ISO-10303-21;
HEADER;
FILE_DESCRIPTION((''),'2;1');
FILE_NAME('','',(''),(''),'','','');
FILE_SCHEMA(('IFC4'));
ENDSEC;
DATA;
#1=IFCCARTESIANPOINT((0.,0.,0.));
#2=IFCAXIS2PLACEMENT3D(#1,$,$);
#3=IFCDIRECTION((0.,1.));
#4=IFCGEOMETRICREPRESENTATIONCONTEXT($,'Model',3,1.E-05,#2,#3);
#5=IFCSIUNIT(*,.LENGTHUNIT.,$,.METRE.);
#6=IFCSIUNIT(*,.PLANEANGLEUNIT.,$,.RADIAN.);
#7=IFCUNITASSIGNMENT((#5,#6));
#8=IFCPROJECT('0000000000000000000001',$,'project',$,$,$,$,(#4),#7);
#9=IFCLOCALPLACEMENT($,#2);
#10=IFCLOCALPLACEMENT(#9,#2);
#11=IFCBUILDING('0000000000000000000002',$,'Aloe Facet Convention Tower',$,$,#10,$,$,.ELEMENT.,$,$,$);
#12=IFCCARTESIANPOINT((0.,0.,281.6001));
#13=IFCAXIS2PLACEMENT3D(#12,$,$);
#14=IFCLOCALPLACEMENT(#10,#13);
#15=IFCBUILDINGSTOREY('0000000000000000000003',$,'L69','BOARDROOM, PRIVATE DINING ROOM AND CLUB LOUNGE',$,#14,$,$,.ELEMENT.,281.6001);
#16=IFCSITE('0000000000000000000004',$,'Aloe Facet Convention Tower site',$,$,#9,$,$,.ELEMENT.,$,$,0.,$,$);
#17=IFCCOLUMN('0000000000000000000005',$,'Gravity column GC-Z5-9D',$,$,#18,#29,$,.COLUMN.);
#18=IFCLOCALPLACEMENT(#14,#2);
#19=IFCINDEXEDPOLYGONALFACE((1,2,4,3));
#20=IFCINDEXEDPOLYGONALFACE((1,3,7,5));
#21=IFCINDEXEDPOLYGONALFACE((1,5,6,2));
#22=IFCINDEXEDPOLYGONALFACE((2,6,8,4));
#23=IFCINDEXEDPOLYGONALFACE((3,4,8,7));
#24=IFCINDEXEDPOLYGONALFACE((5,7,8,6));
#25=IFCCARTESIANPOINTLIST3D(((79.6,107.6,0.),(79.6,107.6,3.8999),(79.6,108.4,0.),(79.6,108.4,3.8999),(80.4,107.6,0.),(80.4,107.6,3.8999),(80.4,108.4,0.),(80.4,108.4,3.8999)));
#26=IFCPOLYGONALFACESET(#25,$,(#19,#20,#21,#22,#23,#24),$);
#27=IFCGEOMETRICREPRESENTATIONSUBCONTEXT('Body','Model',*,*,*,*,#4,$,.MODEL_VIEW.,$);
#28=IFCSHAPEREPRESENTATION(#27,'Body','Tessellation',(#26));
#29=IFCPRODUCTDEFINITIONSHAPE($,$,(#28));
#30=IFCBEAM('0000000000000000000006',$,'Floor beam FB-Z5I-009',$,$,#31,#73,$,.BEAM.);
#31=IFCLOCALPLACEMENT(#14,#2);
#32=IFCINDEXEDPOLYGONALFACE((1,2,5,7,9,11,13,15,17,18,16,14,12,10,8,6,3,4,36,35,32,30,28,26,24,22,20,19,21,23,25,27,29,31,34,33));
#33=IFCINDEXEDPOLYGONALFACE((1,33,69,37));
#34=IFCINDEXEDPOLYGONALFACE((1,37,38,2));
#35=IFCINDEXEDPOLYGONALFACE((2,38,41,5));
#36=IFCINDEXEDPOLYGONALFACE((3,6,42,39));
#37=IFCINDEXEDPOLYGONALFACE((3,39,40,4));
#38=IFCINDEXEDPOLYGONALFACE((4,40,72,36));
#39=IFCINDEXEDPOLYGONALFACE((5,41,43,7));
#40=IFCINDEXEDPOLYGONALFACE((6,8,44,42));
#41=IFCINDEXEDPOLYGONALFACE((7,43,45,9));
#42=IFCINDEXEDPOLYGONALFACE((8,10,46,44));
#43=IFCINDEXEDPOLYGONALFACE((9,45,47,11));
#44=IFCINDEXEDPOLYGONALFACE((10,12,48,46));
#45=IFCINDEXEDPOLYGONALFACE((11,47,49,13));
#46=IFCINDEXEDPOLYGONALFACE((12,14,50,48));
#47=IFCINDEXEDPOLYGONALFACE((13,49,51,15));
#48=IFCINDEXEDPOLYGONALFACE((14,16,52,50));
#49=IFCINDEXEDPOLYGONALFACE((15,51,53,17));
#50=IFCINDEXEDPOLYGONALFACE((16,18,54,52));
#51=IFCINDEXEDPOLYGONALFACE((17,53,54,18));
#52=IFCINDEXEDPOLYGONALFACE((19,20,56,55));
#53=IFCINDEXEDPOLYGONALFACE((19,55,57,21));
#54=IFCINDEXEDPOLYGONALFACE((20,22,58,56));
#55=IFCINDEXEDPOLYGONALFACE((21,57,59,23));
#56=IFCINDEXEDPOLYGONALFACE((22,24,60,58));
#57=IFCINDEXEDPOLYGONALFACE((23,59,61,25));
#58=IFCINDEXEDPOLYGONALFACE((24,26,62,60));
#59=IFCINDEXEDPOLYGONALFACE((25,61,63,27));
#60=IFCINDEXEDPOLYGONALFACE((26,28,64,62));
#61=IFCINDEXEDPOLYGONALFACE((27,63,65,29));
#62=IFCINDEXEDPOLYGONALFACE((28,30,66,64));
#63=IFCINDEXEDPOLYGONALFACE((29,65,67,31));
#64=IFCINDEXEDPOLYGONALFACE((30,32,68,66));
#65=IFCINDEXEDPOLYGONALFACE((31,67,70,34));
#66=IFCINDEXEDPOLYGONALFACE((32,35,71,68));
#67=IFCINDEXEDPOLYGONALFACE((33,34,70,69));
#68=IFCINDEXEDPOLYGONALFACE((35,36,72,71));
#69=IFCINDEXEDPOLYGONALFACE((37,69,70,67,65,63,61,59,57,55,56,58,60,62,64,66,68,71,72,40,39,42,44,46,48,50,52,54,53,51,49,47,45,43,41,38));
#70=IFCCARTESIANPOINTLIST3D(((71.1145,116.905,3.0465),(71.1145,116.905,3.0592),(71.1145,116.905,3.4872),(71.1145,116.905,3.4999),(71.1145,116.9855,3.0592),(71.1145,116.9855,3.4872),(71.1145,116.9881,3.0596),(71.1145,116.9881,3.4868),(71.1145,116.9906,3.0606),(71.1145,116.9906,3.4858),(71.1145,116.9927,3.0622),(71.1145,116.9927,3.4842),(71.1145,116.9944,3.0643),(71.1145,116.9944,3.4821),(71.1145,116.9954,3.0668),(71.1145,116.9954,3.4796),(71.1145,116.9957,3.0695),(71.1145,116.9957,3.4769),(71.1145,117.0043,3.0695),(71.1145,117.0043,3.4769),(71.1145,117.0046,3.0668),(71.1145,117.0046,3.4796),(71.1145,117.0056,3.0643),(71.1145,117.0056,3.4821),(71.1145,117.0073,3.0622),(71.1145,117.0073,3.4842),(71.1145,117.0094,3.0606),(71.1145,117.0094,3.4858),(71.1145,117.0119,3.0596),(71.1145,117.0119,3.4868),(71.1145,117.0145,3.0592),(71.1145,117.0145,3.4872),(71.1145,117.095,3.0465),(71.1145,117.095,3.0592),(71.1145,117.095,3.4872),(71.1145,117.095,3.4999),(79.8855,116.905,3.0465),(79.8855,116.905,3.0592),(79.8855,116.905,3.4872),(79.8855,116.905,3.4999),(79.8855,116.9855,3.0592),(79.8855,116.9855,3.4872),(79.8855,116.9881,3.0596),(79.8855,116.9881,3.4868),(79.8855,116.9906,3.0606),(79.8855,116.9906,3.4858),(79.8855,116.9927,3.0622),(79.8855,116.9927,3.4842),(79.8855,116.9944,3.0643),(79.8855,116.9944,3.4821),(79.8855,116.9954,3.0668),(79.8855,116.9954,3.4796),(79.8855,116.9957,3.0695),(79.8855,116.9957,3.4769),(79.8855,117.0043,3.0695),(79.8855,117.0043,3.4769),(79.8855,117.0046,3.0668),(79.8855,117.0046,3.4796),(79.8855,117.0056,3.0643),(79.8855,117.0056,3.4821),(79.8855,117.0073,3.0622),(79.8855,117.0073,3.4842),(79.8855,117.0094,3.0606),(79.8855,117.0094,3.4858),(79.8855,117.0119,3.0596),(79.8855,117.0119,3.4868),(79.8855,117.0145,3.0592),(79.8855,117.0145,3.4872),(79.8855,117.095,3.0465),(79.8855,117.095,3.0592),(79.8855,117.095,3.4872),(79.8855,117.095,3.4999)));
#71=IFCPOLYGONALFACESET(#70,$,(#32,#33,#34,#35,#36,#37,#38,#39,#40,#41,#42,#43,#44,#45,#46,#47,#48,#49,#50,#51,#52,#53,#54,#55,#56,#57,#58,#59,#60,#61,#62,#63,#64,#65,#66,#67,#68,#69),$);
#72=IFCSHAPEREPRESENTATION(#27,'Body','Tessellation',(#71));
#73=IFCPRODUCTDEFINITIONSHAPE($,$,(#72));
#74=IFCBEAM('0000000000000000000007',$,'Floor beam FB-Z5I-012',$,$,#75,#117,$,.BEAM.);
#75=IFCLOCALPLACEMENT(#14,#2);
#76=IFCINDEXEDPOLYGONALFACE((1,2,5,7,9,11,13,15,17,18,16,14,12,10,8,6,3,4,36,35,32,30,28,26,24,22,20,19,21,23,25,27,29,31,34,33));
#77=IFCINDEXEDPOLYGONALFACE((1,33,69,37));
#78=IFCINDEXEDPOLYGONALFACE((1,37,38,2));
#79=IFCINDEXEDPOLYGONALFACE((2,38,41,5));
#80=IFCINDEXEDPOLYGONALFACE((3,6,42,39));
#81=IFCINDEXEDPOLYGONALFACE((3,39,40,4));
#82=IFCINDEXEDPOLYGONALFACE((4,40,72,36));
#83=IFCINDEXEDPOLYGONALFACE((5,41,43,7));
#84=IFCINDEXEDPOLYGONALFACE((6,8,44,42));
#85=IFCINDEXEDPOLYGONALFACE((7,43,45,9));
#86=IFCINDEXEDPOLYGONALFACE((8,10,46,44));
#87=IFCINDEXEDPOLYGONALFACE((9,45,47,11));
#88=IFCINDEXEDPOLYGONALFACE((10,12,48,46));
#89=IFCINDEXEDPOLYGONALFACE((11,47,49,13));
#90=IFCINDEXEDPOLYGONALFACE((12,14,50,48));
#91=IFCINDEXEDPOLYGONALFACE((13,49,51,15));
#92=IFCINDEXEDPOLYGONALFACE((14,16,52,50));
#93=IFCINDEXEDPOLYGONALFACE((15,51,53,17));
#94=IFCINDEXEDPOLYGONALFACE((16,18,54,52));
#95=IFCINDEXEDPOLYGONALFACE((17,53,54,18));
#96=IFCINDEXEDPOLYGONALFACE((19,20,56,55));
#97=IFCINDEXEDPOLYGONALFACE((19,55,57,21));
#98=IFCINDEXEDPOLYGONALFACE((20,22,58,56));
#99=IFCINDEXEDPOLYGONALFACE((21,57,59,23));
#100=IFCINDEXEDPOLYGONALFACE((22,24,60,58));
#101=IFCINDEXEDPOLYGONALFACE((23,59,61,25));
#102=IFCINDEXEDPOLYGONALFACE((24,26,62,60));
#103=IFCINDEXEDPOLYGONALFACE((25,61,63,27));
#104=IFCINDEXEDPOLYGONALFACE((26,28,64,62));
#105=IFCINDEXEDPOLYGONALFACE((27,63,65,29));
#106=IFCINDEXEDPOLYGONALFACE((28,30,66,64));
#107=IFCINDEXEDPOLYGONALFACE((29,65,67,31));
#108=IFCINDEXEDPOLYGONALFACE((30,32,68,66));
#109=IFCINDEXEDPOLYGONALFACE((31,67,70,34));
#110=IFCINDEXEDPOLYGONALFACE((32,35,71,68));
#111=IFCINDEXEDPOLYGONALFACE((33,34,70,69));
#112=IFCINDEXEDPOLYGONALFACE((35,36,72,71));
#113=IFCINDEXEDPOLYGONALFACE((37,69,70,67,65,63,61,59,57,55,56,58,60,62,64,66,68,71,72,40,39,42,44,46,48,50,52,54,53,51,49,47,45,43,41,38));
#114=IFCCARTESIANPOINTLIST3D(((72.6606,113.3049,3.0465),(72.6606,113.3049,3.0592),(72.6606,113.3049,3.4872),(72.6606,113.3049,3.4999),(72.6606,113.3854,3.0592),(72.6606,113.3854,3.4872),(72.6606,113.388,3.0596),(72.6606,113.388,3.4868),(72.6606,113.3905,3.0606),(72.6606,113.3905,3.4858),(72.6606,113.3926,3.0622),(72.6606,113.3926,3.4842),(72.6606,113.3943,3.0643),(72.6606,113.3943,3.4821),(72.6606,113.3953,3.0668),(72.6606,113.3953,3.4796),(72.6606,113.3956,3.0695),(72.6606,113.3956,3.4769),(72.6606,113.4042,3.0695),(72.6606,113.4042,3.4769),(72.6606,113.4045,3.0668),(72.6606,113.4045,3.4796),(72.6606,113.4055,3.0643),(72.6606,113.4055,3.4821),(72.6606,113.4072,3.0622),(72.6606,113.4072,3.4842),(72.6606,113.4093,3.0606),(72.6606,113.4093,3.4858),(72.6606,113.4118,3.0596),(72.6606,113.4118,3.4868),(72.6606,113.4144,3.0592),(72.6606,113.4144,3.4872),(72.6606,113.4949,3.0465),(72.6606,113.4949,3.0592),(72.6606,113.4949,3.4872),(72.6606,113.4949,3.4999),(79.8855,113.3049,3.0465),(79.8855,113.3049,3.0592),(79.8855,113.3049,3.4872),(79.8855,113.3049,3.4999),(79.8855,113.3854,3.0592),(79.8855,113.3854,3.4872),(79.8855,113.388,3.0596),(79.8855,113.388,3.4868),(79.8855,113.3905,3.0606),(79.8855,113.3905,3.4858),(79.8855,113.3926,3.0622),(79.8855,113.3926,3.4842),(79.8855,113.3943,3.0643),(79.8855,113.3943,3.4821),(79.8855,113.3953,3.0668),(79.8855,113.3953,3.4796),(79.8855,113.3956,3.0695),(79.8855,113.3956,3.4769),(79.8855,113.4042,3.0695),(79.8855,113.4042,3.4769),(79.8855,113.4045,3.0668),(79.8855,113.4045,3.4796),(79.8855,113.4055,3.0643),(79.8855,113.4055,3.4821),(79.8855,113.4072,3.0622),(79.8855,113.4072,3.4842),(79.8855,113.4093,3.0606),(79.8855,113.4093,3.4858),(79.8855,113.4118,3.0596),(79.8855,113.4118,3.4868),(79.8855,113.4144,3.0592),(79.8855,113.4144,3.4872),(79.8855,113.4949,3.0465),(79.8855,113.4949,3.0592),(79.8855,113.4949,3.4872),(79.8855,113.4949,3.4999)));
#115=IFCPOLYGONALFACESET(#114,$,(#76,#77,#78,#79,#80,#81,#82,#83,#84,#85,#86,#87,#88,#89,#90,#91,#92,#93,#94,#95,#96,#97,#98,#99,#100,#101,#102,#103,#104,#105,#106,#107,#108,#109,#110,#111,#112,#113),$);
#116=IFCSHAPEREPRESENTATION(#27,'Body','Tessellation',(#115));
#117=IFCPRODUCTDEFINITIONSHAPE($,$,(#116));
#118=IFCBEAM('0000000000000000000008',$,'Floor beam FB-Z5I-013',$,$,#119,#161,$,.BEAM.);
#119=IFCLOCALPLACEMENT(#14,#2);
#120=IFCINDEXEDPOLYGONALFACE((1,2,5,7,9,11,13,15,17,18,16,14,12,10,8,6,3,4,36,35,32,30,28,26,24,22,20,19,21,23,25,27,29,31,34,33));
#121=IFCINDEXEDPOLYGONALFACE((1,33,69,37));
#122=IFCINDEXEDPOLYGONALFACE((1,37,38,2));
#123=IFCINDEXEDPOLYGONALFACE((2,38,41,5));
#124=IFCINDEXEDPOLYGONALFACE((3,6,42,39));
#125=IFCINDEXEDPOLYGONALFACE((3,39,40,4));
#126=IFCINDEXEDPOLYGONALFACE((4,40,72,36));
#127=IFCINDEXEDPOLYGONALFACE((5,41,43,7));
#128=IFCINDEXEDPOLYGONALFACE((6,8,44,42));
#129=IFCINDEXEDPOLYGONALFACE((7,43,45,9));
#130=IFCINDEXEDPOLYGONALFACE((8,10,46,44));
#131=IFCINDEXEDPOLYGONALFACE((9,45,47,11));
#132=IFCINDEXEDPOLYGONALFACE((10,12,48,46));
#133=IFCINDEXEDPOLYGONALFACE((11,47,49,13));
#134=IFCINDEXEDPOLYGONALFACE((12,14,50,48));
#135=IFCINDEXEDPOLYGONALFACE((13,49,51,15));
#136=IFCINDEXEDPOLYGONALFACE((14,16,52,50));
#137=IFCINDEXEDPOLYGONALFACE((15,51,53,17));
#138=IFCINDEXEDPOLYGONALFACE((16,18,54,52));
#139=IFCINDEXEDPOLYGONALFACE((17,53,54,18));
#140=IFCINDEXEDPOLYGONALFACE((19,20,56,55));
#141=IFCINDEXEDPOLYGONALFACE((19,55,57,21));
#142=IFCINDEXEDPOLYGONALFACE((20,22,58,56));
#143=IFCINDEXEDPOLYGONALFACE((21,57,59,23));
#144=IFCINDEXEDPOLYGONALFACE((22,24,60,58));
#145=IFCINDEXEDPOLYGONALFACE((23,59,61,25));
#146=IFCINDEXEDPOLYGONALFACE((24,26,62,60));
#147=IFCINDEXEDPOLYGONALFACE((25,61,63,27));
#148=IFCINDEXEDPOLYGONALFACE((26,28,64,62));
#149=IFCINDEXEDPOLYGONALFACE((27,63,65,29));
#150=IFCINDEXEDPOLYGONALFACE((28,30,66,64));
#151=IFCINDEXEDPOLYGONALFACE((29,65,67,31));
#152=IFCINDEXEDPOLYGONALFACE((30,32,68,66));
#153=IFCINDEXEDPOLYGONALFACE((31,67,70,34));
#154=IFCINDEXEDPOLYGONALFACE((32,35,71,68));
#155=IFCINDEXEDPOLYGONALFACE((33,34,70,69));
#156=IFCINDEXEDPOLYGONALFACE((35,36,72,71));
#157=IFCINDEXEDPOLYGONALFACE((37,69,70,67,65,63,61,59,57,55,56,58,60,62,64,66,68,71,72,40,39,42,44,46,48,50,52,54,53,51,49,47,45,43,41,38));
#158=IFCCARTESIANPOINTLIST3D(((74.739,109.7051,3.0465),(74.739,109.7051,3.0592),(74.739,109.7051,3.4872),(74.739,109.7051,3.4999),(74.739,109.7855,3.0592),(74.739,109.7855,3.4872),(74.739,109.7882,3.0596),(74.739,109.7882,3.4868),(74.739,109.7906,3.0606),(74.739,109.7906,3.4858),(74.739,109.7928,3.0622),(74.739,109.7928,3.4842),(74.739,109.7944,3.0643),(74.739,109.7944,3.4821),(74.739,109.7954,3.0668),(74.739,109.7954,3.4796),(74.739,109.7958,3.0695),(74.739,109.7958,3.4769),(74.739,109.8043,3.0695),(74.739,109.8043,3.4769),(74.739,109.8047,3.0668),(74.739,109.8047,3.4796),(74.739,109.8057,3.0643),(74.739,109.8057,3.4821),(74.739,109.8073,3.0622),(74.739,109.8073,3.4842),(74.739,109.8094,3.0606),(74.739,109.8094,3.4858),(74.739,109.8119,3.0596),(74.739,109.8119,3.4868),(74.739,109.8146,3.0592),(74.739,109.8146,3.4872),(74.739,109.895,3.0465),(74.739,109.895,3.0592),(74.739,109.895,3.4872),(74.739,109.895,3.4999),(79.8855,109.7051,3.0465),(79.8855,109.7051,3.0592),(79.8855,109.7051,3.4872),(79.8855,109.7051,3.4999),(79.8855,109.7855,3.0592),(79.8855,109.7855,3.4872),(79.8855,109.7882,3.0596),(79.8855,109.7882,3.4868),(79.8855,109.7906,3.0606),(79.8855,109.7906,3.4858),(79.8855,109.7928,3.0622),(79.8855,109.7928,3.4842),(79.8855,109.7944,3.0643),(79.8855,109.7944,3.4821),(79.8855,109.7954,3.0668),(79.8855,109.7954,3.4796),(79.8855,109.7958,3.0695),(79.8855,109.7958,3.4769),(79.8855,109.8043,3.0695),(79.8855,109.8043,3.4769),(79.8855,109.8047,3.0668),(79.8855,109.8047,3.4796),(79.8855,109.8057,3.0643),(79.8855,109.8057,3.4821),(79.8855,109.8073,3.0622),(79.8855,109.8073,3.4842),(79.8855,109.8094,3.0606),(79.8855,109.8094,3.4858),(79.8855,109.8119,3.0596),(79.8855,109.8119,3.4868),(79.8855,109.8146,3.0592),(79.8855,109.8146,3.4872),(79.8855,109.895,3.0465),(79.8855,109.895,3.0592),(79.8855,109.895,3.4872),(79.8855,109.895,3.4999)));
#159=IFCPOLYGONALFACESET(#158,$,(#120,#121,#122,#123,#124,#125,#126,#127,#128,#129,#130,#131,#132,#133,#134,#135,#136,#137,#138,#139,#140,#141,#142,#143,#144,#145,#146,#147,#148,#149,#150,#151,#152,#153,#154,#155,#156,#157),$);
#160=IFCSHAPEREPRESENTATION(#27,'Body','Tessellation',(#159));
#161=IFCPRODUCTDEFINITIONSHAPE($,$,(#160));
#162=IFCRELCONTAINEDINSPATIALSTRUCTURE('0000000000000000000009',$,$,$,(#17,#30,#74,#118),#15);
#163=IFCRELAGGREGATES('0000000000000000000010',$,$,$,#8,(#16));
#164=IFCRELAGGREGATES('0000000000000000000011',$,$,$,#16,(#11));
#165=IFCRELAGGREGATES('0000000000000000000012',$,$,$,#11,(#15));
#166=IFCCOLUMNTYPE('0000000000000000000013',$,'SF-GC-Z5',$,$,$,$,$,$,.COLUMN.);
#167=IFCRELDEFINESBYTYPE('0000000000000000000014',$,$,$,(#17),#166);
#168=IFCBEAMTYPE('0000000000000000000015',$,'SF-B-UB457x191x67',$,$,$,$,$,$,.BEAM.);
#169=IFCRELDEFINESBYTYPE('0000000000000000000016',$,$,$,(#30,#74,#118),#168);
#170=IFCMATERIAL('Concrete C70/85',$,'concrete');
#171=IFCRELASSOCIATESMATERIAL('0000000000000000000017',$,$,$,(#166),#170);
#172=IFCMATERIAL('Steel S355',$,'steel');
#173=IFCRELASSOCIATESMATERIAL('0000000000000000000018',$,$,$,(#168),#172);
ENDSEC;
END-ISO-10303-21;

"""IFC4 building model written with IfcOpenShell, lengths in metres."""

from ifc_helpers import new_model, si_unit, direction, frame, origin, origin_2d, place, context, subcontext, project, spatial, rectangle, i_section, extrude, material, material_profile, profile_set, type_object, element, save


model = new_model("IFC4")

# Units and contexts
model_context = context("Model", 3, precision=1e-05, world=origin(), true_north=direction((0.0, 1.0)))
body_context = subcontext(model_context, "Body", "Model", "MODEL_VIEW")
ifc_project = project(units=[si_unit("LENGTHUNIT", "METRE"), si_unit("PLANEANGLEUNIT", "RADIAN")], contexts=[model_context])

# Site, building, storey
site_placement = place(None, origin())
site = spatial("IfcSite", under=ifc_project, at=site_placement, Name="Aloe Facet Convention Tower site", CompositionType="ELEMENT", RefElevation=0.0)
building_placement = place(site_placement, origin())
building = spatial("IfcBuilding", under=site, at=building_placement, Name="Aloe Facet Convention Tower", CompositionType="ELEMENT")
storey_placement = place(building_placement, frame((0.0, 0.0, 281.6001)))
storey = spatial("IfcBuildingStorey", under=building, at=storey_placement, Name="L69", Description="BOARDROOM, PRIVATE DINING ROOM AND CLUB LOUNGE", CompositionType="ELEMENT", Elevation=281.6001)

# Column
ifc_material_1 = material(Name="Concrete C70/85", Category="concrete")
ifc_material_profile_1 = material_profile(ifc_material_1, rectangle(XDim=0.8, YDim=0.8, at=origin_2d()), Name="SF-GC-Z5")
ifc_profile_set_1 = profile_set([ifc_material_profile_1], Name="Concrete C70/85")
column_type = type_object("IfcColumnType", Name="SF-GC-Z5", PredefinedType="COLUMN", material=ifc_profile_set_1)
column_placement = place(storey_placement, frame((80.0, 108.0, 0.0), z_axis=(0.0, 0.0, 1.0), x_axis=(1.0, 0.0, 0.0)))
element("IfcColumn", 1, at=column_placement, inside=storey, type_object=column_type, Name="Gravity column GC-Z5-9D", PredefinedType="COLUMN", context=body_context, shape_type="SweptSolid", body=[
    extrude(rectangle(XDim=0.8, YDim=0.8, at=origin_2d()), origin(), (0.0, 0.0, 1.0), 3.8999),
])

# Beams
ifc_material_2 = material(Name="Steel S355", Category="steel")
ifc_material_profile_2 = material_profile(ifc_material_2, i_section(OverallWidth=0.1899, OverallDepth=0.4534, WebThickness=0.0085, FlangeThickness=0.0127, FilletRadius=0.0103, at=origin_2d()), Name="UB 457x191x67")
ifc_profile_set_2 = profile_set([ifc_material_profile_2], Name="Steel S355")
beam_type = type_object("IfcBeamType", Name="SF-B-UB457x191x67", PredefinedType="BEAM", material=ifc_profile_set_2)
beam_1_placement = place(storey_placement, frame((71.1145, 117.0, 3.2732), z_axis=(1.0, 0.0, 0.0), x_axis=(0.0, 1.0, 0.0)))
element("IfcBeam", 2, at=beam_1_placement, inside=storey, type_object=beam_type, Name="Floor beam FB-Z5I-009", PredefinedType="BEAM", context=body_context, shape_type="SweptSolid", body=[
    extrude(i_section(OverallWidth=0.1899, OverallDepth=0.4534, WebThickness=0.0085, FlangeThickness=0.0127, FilletRadius=0.0103, at=origin_2d()), origin(), (0.0, 0.0, 1.0), 8.771),
])
beam_2_placement = place(storey_placement, frame((72.6606, 113.3999, 3.2732), z_axis=(1.0, 0.0, 0.0), x_axis=(0.0, 1.0, 0.0)))
element("IfcBeam", 3, at=beam_2_placement, inside=storey, type_object=beam_type, Name="Floor beam FB-Z5I-012", PredefinedType="BEAM", context=body_context, shape_type="SweptSolid", body=[
    extrude(i_section(OverallWidth=0.1899, OverallDepth=0.4534, WebThickness=0.0085, FlangeThickness=0.0127, FilletRadius=0.0103, at=origin_2d()), origin(), (0.0, 0.0, 1.0), 7.2249),
])
for number, where, z_axis, x_axis, name in (
    (4, (74.739, 109.8, 3.2732), (1.0, 0.0, 0.0), (0.0, 1.0, 0.0), "Floor beam FB-Z5I-013"),
):
    element("IfcBeam", number, at=place(storey_placement, frame(where, z_axis=z_axis, x_axis=x_axis)), inside=storey, type_object=beam_type, Name=name, PredefinedType="BEAM", context=body_context, shape_type="SweptSolid", body=[
        extrude(i_section(OverallWidth=0.1899, OverallDepth=0.4534, WebThickness=0.0085, FlangeThickness=0.0127, FilletRadius=0.0103, at=origin_2d()), origin(), (0.0, 0.0, 1.0), 5.1465),
    ])

save(model, "model.ifc")
